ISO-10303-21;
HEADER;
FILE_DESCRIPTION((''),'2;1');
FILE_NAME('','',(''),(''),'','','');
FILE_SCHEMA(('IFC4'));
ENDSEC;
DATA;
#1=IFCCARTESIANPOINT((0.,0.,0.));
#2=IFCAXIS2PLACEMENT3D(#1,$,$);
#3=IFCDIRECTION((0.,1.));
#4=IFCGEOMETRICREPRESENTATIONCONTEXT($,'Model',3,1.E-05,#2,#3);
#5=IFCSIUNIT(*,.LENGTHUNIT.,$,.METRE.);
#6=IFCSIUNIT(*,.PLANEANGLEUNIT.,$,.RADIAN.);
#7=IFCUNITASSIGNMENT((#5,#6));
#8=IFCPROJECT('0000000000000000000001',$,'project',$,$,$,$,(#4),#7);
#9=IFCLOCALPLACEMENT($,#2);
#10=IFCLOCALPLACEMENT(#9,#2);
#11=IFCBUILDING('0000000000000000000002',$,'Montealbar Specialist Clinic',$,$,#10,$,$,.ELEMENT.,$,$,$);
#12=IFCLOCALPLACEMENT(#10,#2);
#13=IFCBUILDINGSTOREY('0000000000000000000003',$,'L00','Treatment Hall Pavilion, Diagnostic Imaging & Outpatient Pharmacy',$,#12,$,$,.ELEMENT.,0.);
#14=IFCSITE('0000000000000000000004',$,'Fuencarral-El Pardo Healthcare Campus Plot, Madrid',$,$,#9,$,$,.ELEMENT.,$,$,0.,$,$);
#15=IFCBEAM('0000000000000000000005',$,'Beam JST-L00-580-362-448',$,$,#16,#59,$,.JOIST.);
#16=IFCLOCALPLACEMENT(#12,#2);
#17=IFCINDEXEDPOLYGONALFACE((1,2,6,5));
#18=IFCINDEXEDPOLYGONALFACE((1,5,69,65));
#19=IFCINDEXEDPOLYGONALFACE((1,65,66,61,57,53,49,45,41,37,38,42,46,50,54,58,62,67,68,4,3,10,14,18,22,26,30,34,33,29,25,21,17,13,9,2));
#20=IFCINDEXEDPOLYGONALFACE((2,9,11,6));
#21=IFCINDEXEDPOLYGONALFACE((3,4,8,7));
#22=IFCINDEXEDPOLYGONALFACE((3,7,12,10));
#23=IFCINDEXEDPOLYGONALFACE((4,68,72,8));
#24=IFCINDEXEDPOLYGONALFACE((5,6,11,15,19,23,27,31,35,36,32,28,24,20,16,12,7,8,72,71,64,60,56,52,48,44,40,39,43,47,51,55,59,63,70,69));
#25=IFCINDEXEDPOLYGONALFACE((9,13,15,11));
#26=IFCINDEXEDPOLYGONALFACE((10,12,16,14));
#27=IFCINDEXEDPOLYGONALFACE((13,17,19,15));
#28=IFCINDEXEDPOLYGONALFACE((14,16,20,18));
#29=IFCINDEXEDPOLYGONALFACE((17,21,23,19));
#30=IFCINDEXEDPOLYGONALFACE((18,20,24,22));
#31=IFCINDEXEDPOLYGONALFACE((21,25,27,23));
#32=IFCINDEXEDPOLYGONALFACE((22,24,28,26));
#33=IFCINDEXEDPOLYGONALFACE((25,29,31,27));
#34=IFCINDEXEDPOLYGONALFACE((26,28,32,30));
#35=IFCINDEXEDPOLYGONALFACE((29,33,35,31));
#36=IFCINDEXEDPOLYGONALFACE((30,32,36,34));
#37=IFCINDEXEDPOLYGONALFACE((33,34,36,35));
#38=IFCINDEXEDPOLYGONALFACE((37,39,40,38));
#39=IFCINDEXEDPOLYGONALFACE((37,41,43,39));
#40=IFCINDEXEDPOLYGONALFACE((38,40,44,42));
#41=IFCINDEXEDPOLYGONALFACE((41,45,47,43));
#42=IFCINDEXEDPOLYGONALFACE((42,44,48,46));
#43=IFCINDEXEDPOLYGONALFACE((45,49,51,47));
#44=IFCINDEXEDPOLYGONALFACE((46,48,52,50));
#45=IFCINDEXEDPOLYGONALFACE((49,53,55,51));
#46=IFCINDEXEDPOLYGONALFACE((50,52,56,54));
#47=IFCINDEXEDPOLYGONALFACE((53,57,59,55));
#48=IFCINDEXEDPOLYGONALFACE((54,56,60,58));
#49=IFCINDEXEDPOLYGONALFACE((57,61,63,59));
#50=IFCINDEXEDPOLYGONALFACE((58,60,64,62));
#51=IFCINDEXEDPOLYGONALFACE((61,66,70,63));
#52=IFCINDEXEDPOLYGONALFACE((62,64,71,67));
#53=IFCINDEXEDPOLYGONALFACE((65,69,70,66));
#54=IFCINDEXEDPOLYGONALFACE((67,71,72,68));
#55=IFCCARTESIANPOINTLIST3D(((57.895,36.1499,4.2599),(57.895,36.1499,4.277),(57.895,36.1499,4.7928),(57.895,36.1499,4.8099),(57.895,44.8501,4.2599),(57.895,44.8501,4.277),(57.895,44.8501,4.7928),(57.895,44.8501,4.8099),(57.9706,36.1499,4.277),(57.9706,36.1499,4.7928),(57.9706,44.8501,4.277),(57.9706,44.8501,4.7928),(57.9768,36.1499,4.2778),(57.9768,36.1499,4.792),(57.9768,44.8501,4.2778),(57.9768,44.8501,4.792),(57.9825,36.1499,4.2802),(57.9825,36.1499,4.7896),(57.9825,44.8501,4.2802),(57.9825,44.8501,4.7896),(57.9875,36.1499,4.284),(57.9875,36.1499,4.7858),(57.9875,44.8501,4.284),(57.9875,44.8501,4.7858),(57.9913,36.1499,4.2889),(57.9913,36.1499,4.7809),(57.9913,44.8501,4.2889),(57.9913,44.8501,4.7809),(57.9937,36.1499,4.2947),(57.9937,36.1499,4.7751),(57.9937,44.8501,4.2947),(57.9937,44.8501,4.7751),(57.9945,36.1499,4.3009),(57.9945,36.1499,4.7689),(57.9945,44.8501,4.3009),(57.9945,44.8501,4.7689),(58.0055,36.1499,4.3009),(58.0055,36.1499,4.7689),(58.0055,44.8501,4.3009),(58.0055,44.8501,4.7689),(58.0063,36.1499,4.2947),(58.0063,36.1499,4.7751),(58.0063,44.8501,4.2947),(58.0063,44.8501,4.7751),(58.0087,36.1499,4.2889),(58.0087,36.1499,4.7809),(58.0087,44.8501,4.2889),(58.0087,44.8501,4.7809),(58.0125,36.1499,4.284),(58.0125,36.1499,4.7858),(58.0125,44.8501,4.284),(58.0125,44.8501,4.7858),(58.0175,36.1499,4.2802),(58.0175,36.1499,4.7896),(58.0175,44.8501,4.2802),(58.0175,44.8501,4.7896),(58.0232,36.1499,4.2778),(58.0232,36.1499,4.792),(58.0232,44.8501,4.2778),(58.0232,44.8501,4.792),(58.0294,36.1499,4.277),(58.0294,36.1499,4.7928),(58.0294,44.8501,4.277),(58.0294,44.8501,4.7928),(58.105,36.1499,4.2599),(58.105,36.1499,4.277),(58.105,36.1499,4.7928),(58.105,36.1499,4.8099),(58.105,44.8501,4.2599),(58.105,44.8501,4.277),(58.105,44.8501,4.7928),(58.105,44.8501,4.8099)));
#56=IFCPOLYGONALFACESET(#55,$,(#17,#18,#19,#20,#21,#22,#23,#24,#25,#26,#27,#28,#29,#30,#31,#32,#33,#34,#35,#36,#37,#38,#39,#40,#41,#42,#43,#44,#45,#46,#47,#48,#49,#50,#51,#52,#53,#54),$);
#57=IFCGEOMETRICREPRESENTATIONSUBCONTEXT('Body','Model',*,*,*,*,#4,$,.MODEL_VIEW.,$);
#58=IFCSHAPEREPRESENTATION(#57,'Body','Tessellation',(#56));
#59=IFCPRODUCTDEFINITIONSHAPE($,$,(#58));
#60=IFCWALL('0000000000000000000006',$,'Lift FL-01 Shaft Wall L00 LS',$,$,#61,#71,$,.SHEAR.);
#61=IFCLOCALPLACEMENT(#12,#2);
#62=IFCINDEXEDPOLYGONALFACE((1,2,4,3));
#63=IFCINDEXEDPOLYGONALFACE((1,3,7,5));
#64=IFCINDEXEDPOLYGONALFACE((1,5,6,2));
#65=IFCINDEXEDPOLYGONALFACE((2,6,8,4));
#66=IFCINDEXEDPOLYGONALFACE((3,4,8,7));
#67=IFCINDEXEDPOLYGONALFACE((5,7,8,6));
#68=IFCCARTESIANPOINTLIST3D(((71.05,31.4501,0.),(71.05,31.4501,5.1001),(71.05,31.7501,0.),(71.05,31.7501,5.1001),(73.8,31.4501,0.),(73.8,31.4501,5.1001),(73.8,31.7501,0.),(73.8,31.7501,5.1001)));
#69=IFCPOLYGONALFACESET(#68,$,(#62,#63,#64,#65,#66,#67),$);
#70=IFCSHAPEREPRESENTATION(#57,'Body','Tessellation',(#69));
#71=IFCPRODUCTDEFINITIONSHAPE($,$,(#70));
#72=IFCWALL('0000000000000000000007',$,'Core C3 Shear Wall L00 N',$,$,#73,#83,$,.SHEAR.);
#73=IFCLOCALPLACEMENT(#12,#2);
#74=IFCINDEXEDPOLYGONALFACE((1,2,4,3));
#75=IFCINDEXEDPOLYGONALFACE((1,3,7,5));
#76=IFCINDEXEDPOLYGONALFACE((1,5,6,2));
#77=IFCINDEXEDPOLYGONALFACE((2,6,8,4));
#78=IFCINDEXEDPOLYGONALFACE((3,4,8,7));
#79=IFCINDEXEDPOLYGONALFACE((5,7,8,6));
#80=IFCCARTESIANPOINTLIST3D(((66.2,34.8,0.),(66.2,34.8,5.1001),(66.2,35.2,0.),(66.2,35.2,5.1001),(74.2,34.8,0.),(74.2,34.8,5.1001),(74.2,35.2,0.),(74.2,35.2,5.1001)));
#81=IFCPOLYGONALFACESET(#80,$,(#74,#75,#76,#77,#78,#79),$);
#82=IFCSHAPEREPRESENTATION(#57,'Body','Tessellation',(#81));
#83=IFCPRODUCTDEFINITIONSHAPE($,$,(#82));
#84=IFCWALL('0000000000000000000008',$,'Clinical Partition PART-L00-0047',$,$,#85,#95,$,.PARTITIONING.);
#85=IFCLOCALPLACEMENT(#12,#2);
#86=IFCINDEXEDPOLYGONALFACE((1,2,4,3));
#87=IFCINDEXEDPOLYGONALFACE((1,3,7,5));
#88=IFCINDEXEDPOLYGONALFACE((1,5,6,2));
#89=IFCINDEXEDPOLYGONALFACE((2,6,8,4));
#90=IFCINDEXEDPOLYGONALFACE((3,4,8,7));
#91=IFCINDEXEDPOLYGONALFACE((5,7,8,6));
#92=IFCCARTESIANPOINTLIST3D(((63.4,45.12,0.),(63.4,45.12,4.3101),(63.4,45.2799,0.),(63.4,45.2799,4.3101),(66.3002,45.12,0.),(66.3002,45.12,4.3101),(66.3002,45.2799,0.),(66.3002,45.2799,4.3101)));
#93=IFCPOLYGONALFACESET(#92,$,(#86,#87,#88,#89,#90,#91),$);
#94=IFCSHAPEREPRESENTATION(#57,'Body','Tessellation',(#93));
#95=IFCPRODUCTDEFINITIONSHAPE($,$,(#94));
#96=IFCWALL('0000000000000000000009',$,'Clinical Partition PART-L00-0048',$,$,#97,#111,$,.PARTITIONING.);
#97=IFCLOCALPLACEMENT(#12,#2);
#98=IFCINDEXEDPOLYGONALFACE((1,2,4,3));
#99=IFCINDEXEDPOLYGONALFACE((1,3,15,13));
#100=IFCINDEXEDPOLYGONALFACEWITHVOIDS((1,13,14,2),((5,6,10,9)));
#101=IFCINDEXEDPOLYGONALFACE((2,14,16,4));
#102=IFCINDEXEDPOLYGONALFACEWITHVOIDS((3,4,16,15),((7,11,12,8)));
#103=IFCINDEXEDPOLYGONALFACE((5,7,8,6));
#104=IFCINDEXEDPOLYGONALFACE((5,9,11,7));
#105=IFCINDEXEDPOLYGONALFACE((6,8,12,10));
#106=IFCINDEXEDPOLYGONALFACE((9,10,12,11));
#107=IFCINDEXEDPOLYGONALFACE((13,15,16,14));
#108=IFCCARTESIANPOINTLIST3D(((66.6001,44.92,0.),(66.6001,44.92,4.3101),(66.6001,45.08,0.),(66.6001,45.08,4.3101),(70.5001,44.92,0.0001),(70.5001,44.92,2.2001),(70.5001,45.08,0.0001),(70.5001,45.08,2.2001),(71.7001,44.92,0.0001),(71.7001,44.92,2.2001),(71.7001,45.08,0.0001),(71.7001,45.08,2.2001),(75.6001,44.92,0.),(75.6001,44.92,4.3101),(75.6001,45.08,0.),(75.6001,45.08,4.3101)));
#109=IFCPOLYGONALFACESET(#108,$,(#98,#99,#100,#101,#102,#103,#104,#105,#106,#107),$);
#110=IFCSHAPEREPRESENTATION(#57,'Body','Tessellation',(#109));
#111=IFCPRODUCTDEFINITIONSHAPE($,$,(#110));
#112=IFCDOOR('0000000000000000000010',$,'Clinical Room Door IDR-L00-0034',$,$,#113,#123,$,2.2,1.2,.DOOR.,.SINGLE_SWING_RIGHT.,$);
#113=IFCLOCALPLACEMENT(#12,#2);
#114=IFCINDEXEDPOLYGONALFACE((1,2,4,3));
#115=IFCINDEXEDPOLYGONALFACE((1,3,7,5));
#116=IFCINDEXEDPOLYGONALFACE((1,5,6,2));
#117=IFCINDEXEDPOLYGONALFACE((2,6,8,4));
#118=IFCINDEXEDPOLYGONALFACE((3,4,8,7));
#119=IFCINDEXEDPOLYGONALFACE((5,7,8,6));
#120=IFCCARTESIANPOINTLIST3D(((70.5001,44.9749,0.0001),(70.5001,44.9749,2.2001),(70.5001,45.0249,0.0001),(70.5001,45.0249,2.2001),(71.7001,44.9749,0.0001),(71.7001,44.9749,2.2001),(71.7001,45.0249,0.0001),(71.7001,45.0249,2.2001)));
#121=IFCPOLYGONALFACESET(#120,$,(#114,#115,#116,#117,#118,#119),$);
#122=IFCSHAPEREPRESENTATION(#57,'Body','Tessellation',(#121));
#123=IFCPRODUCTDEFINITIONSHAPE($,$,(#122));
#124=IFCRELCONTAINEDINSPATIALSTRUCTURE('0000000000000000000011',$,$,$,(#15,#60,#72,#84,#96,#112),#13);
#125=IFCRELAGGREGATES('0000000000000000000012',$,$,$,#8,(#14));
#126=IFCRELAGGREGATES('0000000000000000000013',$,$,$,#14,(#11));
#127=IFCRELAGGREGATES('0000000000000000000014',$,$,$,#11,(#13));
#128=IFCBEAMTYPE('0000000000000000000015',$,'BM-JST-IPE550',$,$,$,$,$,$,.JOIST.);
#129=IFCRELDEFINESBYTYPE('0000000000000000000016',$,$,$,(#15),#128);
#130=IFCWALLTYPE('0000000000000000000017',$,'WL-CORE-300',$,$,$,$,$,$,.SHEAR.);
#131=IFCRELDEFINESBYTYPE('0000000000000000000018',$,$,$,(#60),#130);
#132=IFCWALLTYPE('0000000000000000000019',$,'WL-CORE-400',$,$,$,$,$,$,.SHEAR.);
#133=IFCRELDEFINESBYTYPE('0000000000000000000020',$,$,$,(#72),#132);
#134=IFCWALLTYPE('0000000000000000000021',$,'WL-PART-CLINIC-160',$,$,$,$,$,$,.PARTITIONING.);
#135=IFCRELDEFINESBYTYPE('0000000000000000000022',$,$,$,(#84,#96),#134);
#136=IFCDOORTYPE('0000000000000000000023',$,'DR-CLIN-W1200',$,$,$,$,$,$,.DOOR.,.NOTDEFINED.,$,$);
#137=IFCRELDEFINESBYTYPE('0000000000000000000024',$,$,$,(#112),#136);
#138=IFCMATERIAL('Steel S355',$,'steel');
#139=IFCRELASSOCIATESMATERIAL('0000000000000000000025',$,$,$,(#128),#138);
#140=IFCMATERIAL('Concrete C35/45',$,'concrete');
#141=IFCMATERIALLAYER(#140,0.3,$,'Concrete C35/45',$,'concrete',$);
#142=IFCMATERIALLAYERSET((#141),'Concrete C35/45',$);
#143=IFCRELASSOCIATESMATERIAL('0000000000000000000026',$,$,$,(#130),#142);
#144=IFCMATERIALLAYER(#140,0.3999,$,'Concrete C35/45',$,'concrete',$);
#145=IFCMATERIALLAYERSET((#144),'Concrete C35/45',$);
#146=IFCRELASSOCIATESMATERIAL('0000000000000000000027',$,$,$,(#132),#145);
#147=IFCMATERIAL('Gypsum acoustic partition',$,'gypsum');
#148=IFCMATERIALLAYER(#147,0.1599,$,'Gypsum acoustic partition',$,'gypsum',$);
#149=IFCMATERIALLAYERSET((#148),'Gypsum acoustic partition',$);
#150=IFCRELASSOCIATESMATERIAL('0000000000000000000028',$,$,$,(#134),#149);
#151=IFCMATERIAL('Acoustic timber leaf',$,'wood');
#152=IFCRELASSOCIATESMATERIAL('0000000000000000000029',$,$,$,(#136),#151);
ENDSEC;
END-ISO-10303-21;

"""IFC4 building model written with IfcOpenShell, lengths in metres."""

from ifc_helpers import new_model, si_unit, direction, frame, frame_2d, origin, origin_2d, place, context, subcontext, project, spatial, rectangle, i_section, extrude, material, layer, layer_set, material_profile, profile_set, type_object, element, fill, save


model = new_model("IFC4")

# Units and contexts
model_context = context("Model", 3, precision=1e-05, world=origin(), true_north=direction((0.0, 1.0)))
body_context = subcontext(model_context, "Body", "Model", "MODEL_VIEW")
ifc_project = project(units=[si_unit("LENGTHUNIT", "METRE"), si_unit("PLANEANGLEUNIT", "RADIAN")], contexts=[model_context])

# Site, building, storey
site_placement = place(None, origin())
site = spatial("IfcSite", under=ifc_project, at=site_placement, Name="Fuencarral-El Pardo Healthcare Campus Plot, Madrid", CompositionType="ELEMENT", RefElevation=0.0)
building_placement = place(site_placement, origin())
building = spatial("IfcBuilding", under=site, at=building_placement, Name="Montealbar Specialist Clinic", CompositionType="ELEMENT")
storey_placement = place(building_placement, origin())
storey = spatial("IfcBuildingStorey", under=building, at=storey_placement, Name="L00", Description="Treatment Hall Pavilion, Diagnostic Imaging & Outpatient Pharmacy", CompositionType="ELEMENT", Elevation=0.0)

# Shared definitions
ifc_material_1 = material(Name="Steel S355", Category="steel")

# Beam
ifc_material_profile_1 = material_profile(ifc_material_1, i_section(OverallWidth=0.21, OverallDepth=0.55, WebThickness=0.011, FlangeThickness=0.0171, FilletRadius=0.0239, at=origin_2d()), Name="IPE 550", Category="steel")
ifc_profile_set_1 = profile_set([ifc_material_profile_1], Name="Steel S355")
beam_type_1 = type_object("IfcBeamType", Name="BM-JST-IPE550", PredefinedType="JOIST", material=ifc_profile_set_1)
beam_1_placement = place(storey_placement, frame((58.0, 36.1499, 4.5349), z_axis=(0.0, 1.0, 0.0), x_axis=(-1.0, 0.0, 0.0)))
element("IfcBeam", 1, at=beam_1_placement, inside=storey, type_object=beam_type_1, Name="Beam JST-L00-580-362-448", PredefinedType="JOIST", context=body_context, shape_type="SweptSolid", body=[
    extrude(i_section(OverallWidth=0.21, OverallDepth=0.55, WebThickness=0.011, FlangeThickness=0.0171, FilletRadius=0.0239, at=origin_2d()), origin(), (0.0, 0.0, 1.0), 8.7002),
])

# Wall
ifc_material_2 = material(Name="Concrete C35/45", Category="concrete")
ifc_layer_1 = layer(ifc_material_2, 0.3, Name="Concrete C35/45", Category="concrete")
ifc_layer_set_1 = layer_set([ifc_layer_1], Name="Concrete C35/45")
wall_type_1 = type_object("IfcWallType", Name="WL-CORE-300", PredefinedType="SHEAR", material=ifc_layer_set_1)
wall_1_placement = place(storey_placement, frame((71.05, 31.6001, 0.0), z_axis=(0.0, 0.0, 1.0), x_axis=(1.0, 0.0, 0.0)))
element("IfcWall", 2, at=wall_1_placement, inside=storey, type_object=wall_type_1, Name="Lift FL-01 Shaft Wall L00 LS", PredefinedType="SHEAR", context=body_context, shape_type="SweptSolid", body=[
    extrude(rectangle(XDim=2.75, YDim=0.3, at=frame_2d((1.375, 0.0))), origin(), (0.0, 0.0, 1.0), 5.1001),
])

# Walls
ifc_layer_2 = layer(ifc_material_2, 0.3999, Name="Concrete C35/45", Category="concrete")
ifc_layer_set_2 = layer_set([ifc_layer_2], Name="Concrete C35/45")
wall_type_2 = type_object("IfcWallType", Name="WL-CORE-400", PredefinedType="SHEAR", material=ifc_layer_set_2)
wall_2_placement = place(storey_placement, frame((66.2, 35.0, 0.0), z_axis=(0.0, 0.0, 1.0), x_axis=(1.0, 0.0, 0.0)))
element("IfcWall", 3, at=wall_2_placement, inside=storey, type_object=wall_type_2, Name="Core C3 Shear Wall L00 N", PredefinedType="SHEAR", context=body_context, shape_type="SweptSolid", body=[
    extrude(rectangle(XDim=8.0, YDim=0.3999, at=frame_2d((4.0, 0.0))), origin(), (0.0, 0.0, 1.0), 5.1001),
])
ifc_material_3 = material(Name="Gypsum acoustic partition", Category="gypsum")
ifc_layer_3 = layer(ifc_material_3, 0.1599, Name="Gypsum acoustic partition", Category="gypsum")
ifc_layer_set_3 = layer_set([ifc_layer_3], Name="Gypsum acoustic partition")
wall_type_3 = type_object("IfcWallType", Name="WL-PART-CLINIC-160", PredefinedType="PARTITIONING", material=ifc_layer_set_3)
wall_3_placement = place(storey_placement, frame((63.3999, 45.2, 0.0), z_axis=(0.0, 0.0, 1.0), x_axis=(1.0, 0.0, 0.0)))
element("IfcWall", 4, at=wall_3_placement, inside=storey, type_object=wall_type_3, Name="Clinical Partition PART-L00-0047", PredefinedType="PARTITIONING", context=body_context, shape_type="SweptSolid", body=[
    extrude(rectangle(XDim=2.9001, YDim=0.1599, at=frame_2d((1.4502, 0.0))), origin(), (0.0, 0.0, 1.0), 4.3101),
])

# Wall, opening, door
wall_4_placement = place(storey_placement, frame((66.6001, 45.0, 0.0), z_axis=(0.0, 0.0, 1.0), x_axis=(1.0, 0.0, 0.0)))
wall_4 = element("IfcWall", 5, at=wall_4_placement, inside=storey, type_object=wall_type_3, Name="Clinical Partition PART-L00-0048", PredefinedType="PARTITIONING", context=body_context, shape_type="SweptSolid", body=[
    extrude(rectangle(XDim=9.0, YDim=0.1599, at=frame_2d((4.5, 0.0))), origin(), (0.0, 0.0, 1.0), 4.3101),
])
opening_1_placement = place(wall_4_placement, frame((3.8999, 0.0, 0.0)))
opening_1 = element("IfcOpeningElement", 6, at=opening_1_placement, cuts=wall_4, PredefinedType="OPENING", context=body_context, shape_type="SweptSolid", body=[
    extrude(rectangle(XDim=1.2, YDim=2.2, at=frame_2d((0.6001, 1.1001))), frame((0.0, 0.0898, 0.0), z_axis=(0.0, -1.0, 0.0), x_axis=(1.0, 0.0, 0.0)), (0.0, 0.0, 1.0), 0.1799),
])
ifc_material_4 = material(Name="Acoustic timber leaf", Category="wood")
door_type_1 = type_object("IfcDoorType", Name="DR-CLIN-W1200", OperationType="NOTDEFINED", PredefinedType="DOOR", material=ifc_material_4)
door_1_placement = place(opening_1_placement, origin())
door_1 = element("IfcDoor", 7, at=door_1_placement, inside=storey, type_object=door_type_1, Name="Clinical Room Door IDR-L00-0034", OperationType="SINGLE_SWING_RIGHT", OverallHeight=2.2, OverallWidth=1.2, PredefinedType="DOOR", context=body_context, shape_type="SweptSolid", body=[
    extrude(rectangle(XDim=1.2, YDim=2.2, at=frame_2d((0.6001, 1.1001))), frame((0.0, 0.0249, 0.0), z_axis=(0.0, -1.0, 0.0), x_axis=(1.0, 0.0, 0.0)), (0.0, 0.0, 1.0), 0.05),
])
fill(opening_1, door_1)

save(model, "model.ifc")
